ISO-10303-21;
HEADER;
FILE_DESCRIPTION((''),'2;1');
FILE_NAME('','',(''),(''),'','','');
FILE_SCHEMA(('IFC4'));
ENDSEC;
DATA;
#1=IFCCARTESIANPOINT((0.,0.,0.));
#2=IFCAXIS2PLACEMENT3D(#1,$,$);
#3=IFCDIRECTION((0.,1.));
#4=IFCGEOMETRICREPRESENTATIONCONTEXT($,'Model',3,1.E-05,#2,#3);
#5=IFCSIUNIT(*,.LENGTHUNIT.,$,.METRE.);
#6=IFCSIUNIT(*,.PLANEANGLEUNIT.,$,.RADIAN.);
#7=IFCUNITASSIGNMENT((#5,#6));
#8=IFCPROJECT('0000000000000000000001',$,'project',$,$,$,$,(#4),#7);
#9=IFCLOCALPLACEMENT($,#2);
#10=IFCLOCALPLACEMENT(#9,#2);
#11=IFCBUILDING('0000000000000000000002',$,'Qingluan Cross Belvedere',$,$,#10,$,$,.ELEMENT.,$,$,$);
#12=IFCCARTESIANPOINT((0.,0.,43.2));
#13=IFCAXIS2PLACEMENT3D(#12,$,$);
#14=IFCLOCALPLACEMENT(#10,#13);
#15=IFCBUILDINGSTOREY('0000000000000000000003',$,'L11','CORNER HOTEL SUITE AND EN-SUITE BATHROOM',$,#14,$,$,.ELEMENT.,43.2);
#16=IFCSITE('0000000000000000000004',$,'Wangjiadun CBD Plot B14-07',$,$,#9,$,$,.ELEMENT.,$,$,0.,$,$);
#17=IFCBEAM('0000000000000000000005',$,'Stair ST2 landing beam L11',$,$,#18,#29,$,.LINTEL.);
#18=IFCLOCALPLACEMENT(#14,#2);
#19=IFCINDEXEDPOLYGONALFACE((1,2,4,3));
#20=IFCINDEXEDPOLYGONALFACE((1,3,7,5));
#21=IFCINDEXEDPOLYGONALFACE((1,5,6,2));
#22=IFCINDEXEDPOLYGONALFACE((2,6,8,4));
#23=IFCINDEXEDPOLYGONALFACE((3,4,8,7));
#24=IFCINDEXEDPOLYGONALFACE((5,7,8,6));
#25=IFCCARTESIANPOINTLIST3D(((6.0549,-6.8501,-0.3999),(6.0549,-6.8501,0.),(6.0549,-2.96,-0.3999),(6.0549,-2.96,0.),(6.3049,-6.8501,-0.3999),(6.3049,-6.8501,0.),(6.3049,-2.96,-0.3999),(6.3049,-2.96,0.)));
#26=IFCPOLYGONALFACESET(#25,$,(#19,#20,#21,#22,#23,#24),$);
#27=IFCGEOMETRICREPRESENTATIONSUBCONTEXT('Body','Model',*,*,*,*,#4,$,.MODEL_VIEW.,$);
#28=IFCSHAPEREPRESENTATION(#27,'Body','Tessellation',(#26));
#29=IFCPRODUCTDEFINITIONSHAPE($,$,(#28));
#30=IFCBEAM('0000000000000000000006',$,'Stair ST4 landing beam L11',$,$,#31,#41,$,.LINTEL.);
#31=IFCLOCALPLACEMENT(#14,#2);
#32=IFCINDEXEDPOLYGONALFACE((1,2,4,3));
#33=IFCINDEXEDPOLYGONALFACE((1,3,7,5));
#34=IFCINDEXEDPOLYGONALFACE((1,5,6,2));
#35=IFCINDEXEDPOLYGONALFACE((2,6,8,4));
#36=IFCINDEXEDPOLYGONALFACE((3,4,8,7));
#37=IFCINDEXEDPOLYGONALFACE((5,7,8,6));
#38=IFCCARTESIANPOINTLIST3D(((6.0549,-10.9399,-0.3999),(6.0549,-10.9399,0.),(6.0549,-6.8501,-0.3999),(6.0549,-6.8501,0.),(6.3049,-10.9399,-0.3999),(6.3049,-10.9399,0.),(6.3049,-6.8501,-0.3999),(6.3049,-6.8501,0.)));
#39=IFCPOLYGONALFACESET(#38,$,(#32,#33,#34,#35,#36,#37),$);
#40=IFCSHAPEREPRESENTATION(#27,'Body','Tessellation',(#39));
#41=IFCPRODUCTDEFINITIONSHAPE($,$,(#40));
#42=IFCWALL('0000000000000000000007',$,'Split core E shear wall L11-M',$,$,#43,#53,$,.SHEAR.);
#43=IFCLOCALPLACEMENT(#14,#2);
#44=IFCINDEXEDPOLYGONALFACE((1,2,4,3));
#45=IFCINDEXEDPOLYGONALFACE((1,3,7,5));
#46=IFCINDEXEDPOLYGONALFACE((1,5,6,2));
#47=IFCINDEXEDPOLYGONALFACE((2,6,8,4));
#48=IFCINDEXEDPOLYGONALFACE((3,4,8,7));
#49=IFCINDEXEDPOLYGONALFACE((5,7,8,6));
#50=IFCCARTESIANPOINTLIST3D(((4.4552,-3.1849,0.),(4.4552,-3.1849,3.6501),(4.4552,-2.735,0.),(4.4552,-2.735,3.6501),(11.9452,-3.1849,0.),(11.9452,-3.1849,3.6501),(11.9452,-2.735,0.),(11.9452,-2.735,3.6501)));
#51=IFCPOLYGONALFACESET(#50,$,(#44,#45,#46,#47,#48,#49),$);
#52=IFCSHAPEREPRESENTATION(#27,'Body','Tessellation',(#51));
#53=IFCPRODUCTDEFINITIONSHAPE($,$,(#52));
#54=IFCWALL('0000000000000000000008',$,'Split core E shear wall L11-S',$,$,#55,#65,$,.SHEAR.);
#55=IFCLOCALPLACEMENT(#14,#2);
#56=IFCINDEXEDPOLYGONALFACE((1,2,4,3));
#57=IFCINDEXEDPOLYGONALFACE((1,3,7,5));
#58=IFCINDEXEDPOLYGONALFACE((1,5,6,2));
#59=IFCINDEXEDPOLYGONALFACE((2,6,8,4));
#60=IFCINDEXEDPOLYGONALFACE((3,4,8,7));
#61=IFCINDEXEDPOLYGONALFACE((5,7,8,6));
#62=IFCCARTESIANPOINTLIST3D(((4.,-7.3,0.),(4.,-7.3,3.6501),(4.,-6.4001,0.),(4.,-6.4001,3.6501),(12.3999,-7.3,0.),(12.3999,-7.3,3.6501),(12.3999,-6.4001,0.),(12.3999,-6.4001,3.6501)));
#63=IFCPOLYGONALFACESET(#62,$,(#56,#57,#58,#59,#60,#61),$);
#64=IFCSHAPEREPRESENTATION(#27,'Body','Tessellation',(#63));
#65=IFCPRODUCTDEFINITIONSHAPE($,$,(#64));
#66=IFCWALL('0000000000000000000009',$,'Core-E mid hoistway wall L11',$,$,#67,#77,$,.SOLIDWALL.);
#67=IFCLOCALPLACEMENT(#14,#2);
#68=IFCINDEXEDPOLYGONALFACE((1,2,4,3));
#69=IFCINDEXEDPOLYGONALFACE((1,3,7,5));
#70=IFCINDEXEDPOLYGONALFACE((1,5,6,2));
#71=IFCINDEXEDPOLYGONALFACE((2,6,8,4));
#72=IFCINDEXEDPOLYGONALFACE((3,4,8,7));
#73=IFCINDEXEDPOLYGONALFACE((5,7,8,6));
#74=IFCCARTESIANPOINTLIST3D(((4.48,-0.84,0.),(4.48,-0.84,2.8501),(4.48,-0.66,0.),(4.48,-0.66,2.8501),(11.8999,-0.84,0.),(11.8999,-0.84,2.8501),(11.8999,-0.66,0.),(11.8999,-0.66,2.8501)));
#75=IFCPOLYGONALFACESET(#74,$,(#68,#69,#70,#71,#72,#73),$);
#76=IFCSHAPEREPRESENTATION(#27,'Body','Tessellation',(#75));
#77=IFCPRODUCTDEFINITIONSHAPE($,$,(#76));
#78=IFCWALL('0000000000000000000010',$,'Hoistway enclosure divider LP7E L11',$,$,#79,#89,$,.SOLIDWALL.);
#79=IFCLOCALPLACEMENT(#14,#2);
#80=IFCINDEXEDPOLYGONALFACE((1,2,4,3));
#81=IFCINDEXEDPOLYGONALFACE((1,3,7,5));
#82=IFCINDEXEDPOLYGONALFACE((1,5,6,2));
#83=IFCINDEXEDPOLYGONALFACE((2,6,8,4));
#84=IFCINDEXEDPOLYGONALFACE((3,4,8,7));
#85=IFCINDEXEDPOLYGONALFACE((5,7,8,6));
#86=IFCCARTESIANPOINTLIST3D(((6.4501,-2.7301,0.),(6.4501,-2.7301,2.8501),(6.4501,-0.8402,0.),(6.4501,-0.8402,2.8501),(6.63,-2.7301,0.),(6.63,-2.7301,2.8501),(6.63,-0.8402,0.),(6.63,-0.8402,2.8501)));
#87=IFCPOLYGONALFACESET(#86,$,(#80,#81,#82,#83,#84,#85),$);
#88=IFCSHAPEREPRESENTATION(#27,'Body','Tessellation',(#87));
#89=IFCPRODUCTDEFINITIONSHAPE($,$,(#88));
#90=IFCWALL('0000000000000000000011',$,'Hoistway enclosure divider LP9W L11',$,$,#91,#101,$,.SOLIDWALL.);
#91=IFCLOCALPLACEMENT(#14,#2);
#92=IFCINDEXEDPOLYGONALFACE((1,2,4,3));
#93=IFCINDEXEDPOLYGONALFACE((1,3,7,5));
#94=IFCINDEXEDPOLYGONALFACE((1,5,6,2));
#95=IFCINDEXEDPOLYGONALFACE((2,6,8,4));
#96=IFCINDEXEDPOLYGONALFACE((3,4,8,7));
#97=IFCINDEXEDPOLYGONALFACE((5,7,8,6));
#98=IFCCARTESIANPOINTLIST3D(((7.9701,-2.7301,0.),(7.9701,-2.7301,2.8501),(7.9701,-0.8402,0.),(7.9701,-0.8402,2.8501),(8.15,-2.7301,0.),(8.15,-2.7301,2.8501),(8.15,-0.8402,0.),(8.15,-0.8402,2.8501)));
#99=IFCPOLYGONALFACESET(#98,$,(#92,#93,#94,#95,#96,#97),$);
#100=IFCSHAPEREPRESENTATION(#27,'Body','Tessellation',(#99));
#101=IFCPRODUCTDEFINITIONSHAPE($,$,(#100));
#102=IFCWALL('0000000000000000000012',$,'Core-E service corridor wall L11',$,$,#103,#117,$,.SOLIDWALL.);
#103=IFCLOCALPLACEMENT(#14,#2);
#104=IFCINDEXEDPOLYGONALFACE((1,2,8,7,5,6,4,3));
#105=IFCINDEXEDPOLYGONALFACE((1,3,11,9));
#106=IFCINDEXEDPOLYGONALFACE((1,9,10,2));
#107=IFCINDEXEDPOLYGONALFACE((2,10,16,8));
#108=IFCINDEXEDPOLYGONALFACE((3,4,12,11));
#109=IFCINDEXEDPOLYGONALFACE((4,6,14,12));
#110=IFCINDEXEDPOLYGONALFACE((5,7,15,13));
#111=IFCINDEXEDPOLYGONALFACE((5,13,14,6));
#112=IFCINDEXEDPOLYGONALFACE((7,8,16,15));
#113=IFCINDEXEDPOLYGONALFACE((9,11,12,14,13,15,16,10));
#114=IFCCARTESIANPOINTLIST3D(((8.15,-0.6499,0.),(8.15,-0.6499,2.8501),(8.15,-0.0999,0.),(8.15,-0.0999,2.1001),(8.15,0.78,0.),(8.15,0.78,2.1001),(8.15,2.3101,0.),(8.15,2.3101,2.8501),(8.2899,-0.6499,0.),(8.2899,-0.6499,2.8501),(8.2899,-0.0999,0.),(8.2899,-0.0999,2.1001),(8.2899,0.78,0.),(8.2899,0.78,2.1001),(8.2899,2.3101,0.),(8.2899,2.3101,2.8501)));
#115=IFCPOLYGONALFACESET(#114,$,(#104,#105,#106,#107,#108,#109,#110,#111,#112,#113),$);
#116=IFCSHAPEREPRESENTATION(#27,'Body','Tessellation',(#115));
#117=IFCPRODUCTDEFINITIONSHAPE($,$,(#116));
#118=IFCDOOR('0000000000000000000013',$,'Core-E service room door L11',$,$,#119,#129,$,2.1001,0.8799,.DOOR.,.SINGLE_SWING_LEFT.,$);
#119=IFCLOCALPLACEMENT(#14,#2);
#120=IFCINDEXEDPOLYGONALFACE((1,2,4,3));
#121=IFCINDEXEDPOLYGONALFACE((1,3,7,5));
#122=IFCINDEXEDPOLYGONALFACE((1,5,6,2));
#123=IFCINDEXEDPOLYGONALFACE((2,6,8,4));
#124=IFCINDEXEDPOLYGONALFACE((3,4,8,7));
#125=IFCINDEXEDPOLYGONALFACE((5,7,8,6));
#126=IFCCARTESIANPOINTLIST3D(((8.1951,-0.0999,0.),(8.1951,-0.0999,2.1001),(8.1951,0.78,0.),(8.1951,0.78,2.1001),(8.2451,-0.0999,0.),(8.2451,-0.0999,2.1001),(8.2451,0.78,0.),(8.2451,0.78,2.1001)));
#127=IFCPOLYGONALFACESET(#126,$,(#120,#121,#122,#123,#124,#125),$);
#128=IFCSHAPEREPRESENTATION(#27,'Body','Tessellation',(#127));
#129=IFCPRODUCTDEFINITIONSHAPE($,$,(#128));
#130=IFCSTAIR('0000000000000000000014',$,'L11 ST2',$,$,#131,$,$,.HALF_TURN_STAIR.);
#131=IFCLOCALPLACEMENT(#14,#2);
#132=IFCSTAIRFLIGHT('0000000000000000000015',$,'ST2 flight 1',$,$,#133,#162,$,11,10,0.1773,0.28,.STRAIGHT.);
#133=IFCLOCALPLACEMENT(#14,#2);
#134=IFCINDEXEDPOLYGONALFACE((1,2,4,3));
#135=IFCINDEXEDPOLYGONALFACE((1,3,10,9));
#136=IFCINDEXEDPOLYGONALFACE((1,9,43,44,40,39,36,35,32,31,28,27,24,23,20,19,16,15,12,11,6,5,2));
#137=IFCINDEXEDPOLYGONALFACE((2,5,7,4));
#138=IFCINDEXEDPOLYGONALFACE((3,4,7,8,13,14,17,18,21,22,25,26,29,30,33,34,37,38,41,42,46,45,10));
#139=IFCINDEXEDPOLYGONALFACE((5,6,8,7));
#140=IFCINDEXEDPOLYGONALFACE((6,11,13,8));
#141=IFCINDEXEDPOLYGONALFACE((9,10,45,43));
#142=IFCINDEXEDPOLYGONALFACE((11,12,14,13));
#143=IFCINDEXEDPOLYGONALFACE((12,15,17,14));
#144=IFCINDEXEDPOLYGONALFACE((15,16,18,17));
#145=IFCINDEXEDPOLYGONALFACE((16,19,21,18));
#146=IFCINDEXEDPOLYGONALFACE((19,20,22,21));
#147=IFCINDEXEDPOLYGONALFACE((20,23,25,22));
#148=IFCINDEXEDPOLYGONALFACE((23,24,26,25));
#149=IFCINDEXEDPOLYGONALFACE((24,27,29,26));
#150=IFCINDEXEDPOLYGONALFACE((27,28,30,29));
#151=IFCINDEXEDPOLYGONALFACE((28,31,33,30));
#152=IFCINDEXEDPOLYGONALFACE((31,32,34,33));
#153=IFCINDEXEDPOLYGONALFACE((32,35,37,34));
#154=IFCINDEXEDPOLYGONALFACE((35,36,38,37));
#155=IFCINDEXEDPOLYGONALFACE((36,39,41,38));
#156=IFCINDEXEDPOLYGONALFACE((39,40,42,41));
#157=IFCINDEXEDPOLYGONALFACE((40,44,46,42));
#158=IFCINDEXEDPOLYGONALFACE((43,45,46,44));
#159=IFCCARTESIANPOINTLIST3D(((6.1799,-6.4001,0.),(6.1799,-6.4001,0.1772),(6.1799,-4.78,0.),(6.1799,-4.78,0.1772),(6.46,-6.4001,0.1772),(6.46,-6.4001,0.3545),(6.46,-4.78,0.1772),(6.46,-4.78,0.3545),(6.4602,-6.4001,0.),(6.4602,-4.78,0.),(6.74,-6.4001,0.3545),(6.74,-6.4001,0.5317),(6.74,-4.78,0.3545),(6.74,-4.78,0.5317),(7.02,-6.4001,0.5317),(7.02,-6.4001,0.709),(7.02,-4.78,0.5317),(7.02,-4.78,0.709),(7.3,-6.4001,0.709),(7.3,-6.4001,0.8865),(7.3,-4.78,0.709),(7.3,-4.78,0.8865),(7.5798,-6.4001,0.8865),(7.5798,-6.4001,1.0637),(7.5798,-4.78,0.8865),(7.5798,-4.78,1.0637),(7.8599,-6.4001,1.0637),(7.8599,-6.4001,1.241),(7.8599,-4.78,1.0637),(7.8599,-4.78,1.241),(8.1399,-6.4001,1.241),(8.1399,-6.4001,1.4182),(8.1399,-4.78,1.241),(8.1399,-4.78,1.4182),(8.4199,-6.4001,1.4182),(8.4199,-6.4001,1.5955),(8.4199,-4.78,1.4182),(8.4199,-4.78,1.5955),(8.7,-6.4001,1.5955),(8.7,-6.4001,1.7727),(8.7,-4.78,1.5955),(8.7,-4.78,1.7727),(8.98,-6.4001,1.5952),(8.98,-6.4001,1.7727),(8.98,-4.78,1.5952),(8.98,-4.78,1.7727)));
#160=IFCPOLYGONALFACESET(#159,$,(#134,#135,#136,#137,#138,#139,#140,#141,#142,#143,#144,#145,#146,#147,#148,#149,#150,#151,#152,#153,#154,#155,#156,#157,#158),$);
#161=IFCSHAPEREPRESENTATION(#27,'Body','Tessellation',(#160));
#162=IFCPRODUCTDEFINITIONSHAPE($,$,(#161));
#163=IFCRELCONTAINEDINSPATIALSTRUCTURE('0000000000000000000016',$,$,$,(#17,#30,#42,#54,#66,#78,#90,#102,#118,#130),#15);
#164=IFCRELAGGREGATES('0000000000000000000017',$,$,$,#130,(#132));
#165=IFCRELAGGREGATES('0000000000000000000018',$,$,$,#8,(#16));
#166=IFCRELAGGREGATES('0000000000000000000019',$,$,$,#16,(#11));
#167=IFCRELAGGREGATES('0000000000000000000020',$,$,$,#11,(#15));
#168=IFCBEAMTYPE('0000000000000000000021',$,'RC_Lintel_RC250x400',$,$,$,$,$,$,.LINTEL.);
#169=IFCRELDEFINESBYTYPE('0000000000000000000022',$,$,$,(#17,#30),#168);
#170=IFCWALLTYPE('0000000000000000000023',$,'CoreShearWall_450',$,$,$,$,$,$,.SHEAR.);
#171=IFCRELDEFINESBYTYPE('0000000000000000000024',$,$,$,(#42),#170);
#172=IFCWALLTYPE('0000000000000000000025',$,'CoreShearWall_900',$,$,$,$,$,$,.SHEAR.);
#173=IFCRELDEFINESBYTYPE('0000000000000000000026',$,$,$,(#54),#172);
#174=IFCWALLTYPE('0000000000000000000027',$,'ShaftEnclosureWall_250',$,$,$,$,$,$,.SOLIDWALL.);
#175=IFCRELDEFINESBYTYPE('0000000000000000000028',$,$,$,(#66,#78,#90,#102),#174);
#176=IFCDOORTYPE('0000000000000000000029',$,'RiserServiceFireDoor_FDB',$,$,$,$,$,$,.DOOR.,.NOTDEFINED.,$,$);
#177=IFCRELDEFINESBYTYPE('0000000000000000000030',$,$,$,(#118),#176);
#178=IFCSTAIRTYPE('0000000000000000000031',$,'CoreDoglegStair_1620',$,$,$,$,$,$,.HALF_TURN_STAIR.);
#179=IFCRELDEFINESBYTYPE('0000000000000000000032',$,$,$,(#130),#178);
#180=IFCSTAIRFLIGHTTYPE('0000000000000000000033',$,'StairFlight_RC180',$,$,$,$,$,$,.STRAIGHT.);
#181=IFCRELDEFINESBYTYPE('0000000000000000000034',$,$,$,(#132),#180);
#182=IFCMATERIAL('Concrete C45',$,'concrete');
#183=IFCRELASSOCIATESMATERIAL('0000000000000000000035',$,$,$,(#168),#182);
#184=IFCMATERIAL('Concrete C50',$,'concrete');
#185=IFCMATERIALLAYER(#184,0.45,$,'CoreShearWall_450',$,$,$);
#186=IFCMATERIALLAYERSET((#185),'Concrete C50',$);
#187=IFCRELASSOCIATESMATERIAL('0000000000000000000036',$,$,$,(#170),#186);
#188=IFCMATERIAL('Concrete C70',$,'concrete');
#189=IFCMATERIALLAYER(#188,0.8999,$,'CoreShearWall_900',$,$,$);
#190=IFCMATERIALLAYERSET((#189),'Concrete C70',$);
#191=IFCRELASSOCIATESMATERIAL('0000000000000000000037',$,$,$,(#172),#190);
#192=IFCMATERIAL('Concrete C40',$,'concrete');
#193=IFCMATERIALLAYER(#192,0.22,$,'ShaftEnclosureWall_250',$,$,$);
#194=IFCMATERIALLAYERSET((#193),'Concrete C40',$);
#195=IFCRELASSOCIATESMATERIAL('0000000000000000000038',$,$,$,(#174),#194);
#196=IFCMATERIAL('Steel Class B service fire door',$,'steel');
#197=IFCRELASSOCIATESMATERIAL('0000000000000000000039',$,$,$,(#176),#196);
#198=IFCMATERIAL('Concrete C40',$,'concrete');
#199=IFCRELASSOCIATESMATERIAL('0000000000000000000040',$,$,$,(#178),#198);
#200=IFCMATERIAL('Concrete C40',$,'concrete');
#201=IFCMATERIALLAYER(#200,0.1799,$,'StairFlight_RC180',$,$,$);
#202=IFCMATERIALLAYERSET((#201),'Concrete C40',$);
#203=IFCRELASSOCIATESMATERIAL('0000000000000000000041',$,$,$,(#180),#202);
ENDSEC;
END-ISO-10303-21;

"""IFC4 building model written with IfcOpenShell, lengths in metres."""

from ifc_helpers import new_model, si_unit, direction, frame, frame_2d, origin, origin_2d, place, context, subcontext, project, spatial, polyline, rectangle, outline, extrude, material, layer, layer_set, material_profile, profile_set, type_object, element, fill, aggregate, save


model = new_model("IFC4")

# Units and contexts
model_context = context("Model", 3, precision=1e-05, world=origin(), true_north=direction((0.0, 1.0)))
body_context = subcontext(model_context, "Body", "Model", "MODEL_VIEW")
ifc_project = project(units=[si_unit("LENGTHUNIT", "METRE"), si_unit("PLANEANGLEUNIT", "RADIAN")], contexts=[model_context])

# Site, building, storey
site_placement = place(None, origin())
site = spatial("IfcSite", under=ifc_project, at=site_placement, Name="Wangjiadun CBD Plot B14-07", CompositionType="ELEMENT", RefElevation=0.0)
building_placement = place(site_placement, origin())
building = spatial("IfcBuilding", under=site, at=building_placement, Name="Qingluan Cross Belvedere", CompositionType="ELEMENT")
storey_placement = place(building_placement, frame((0.0, 0.0, 43.2)))
storey = spatial("IfcBuildingStorey", under=building, at=storey_placement, Name="L11", Description="CORNER HOTEL SUITE AND EN-SUITE BATHROOM", CompositionType="ELEMENT", Elevation=43.2)

# Beams
ifc_material_1 = material(Name="Concrete C45", Category="concrete")
ifc_material_profile = material_profile(ifc_material_1, rectangle(XDim=0.25, YDim=0.3999, at=origin_2d()), Name="RC250x400")
ifc_profile_set = profile_set([ifc_material_profile], Name="Concrete C45")
beam_type = type_object("IfcBeamType", Name="RC_Lintel_RC250x400", PredefinedType="LINTEL", material=ifc_profile_set)
beam_1_placement = place(storey_placement, frame((6.1799, -6.8501, -0.2), z_axis=(0.0, 1.0, 0.0), x_axis=(-1.0, 0.0, 0.0)))
element("IfcBeam", 1, at=beam_1_placement, inside=storey, type_object=beam_type, Name="Stair ST2 landing beam L11", PredefinedType="LINTEL", context=body_context, shape_type="SweptSolid", body=[
    extrude(rectangle(XDim=0.25, YDim=0.3999, at=origin_2d()), origin(), (0.0, 0.0, 1.0), 3.8901),
])
beam_2_placement = place(storey_placement, frame((6.1799, -10.9399, -0.2), z_axis=(0.0, 1.0, 0.0), x_axis=(-1.0, 0.0, 0.0)))
element("IfcBeam", 2, at=beam_2_placement, inside=storey, type_object=beam_type, Name="Stair ST4 landing beam L11", PredefinedType="LINTEL", context=body_context, shape_type="SweptSolid", body=[
    extrude(rectangle(XDim=0.25, YDim=0.3999, at=origin_2d()), origin(), (0.0, 0.0, 1.0), 4.0898),
])

# Wall
ifc_material_2 = material(Name="Concrete C50", Category="concrete")
ifc_layer_1 = layer(ifc_material_2, 0.45, Name="CoreShearWall_450")
ifc_layer_set_1 = layer_set([ifc_layer_1], Name="Concrete C50")
wall_type_1 = type_object("IfcWallType", Name="CoreShearWall_450", PredefinedType="SHEAR", material=ifc_layer_set_1)
wall_1_placement = place(storey_placement, frame((4.4551, -2.96, 0.0), z_axis=(0.0, 0.0, 1.0), x_axis=(1.0, 0.0, 0.0)))
element("IfcWall", 3, at=wall_1_placement, inside=storey, type_object=wall_type_1, Name="Split core E shear wall L11-M", PredefinedType="SHEAR", context=body_context, shape_type="SweptSolid", body=[
    extrude(rectangle(XDim=7.49, YDim=0.45, at=frame_2d((3.7451, 0.0))), origin(), (0.0, 0.0, 1.0), 3.6501),
])

# Wall
ifc_material_3 = material(Name="Concrete C70", Category="concrete")
ifc_layer_2 = layer(ifc_material_3, 0.8999, Name="CoreShearWall_900")
ifc_layer_set_2 = layer_set([ifc_layer_2], Name="Concrete C70")
wall_type_2 = type_object("IfcWallType", Name="CoreShearWall_900", PredefinedType="SHEAR", material=ifc_layer_set_2)
wall_2_placement = place(storey_placement, frame((4.0, -6.8501, 0.0), z_axis=(0.0, 0.0, 1.0), x_axis=(1.0, 0.0, 0.0)))
element("IfcWall", 4, at=wall_2_placement, inside=storey, type_object=wall_type_2, Name="Split core E shear wall L11-S", PredefinedType="SHEAR", context=body_context, shape_type="SweptSolid", body=[
    extrude(rectangle(XDim=8.3999, YDim=0.8999, at=frame_2d((4.2, 0.0))), origin(), (0.0, 0.0, 1.0), 3.6501),
])

# Walls
ifc_material_4 = material(Name="Concrete C40", Category="concrete")
ifc_layer_3 = layer(ifc_material_4, 0.22, Name="ShaftEnclosureWall_250")
ifc_layer_set_3 = layer_set([ifc_layer_3], Name="Concrete C40")
wall_type_3 = type_object("IfcWallType", Name="ShaftEnclosureWall_250", PredefinedType="SOLIDWALL", material=ifc_layer_set_3)
wall_3_placement = place(storey_placement, frame((4.48, -0.75, 0.0), z_axis=(0.0, 0.0, 1.0), x_axis=(1.0, 0.0, 0.0)))
element("IfcWall", 5, at=wall_3_placement, inside=storey, type_object=wall_type_3, Name="Core-E mid hoistway wall L11", PredefinedType="SOLIDWALL", context=body_context, shape_type="SweptSolid", body=[
    extrude(rectangle(XDim=7.4199, YDim=0.1799, at=frame_2d((3.71, 0.0))), origin(), (0.0, 0.0, 1.0), 2.8501),
])
for number, where, z_axis, x_axis, name in (
    (6, (6.54, -2.73, 0.0), (0.0, 0.0, 1.0), (0.0, 1.0, 0.0), "Hoistway enclosure divider LP7E L11"),
    (7, (8.0601, -2.73, 0.0), (0.0, 0.0, 1.0), (0.0, 1.0, 0.0), "Hoistway enclosure divider LP9W L11"),
):
    element("IfcWall", number, at=place(storey_placement, frame(where, z_axis=z_axis, x_axis=x_axis)), inside=storey, type_object=wall_type_3, Name=name, PredefinedType="SOLIDWALL", context=body_context, shape_type="SweptSolid", body=[
        extrude(rectangle(XDim=1.8899, YDim=0.1799, at=frame_2d((0.9448, 0.0))), origin(), (0.0, 0.0, 1.0), 2.8501),
    ])

# Wall, opening, door
wall_4_placement = place(storey_placement, frame((8.22, -0.6499, 0.0), z_axis=(0.0, 0.0, 1.0), x_axis=(0.0, 1.0, 0.0)))
wall_4 = element("IfcWall", 8, at=wall_4_placement, inside=storey, type_object=wall_type_3, Name="Core-E service corridor wall L11", PredefinedType="SOLIDWALL", context=body_context, shape_type="SweptSolid", body=[
    extrude(rectangle(XDim=2.96, YDim=0.1399, at=frame_2d((1.48, 0.0))), origin(), (0.0, 0.0, 1.0), 2.8501),
])
opening_1_placement = place(wall_4_placement, frame((0.55, 0.0, 0.0)))
opening_1 = element("IfcOpeningElement", 9, at=opening_1_placement, cuts=wall_4, PredefinedType="OPENING", context=body_context, shape_type="SweptSolid", body=[
    extrude(rectangle(XDim=0.8799, YDim=2.1001, at=frame_2d((0.4399, 1.05))), frame((0.0, 0.0798, 0.0), z_axis=(0.0, -1.0, 0.0), x_axis=(1.0, 0.0, 0.0)), (0.0, 0.0, 1.0), 0.1599),
])
ifc_material_5 = material(Name="Steel Class B service fire door", Category="steel")
door_type_1 = type_object("IfcDoorType", Name="RiserServiceFireDoor_FDB", OperationType="NOTDEFINED", PredefinedType="DOOR", material=ifc_material_5)
door_1_placement = place(opening_1_placement, origin())
door_1 = element("IfcDoor", 10, at=door_1_placement, inside=storey, type_object=door_type_1, Name="Core-E service room door L11", OperationType="SINGLE_SWING_LEFT", OverallHeight=2.1001, OverallWidth=0.8799, PredefinedType="DOOR", context=body_context, shape_type="SweptSolid", body=[
    extrude(rectangle(XDim=0.8799, YDim=2.1001, at=frame_2d((0.4399, 1.05))), frame((0.0, 0.0249, 0.0), z_axis=(0.0, -1.0, 0.0), x_axis=(1.0, 0.0, 0.0)), (0.0, 0.0, 1.0), 0.05),
])
fill(opening_1, door_1)

# Stair, stair flight
ifc_material_6 = material(Name="Concrete C40", Category="concrete")
stair_type = type_object("IfcStairType", Name="CoreDoglegStair_1620", PredefinedType="HALF_TURN_STAIR", material=ifc_material_6)
stair_1_placement = place(storey_placement, origin())
stair_1 = element("IfcStair", 11, at=stair_1_placement, inside=storey, type_object=stair_type, Name="L11 ST2", PredefinedType="HALF_TURN_STAIR")
ifc_material_7 = material(Name="Concrete C40", Category="concrete")
ifc_layer_4 = layer(ifc_material_7, 0.1799, Name="StairFlight_RC180")
ifc_layer_set_4 = layer_set([ifc_layer_4], Name="Concrete C40")
stair_flight_type = type_object("IfcStairFlightType", Name="StairFlight_RC180", PredefinedType="STRAIGHT", material=ifc_layer_set_4)
stair_flight_1_placement = place(storey_placement, frame((6.1799, -5.5901, 0.0), z_axis=(0.0, 0.0, 1.0), x_axis=(1.0, 0.0, 0.0)))
stair_flight_1 = element("IfcStairFlight", 12, at=stair_flight_1_placement, type_object=stair_flight_type, Name="ST2 flight 1", NumberOfRisers=11, NumberOfTreads=10, PredefinedType="STRAIGHT", RiserHeight=0.1773, TreadLength=0.28, context=body_context, shape_type="SweptSolid", body=[
    extrude(outline(polyline([(0.0, 0.0), (0.0, 0.1772), (0.28, 0.1772), (0.28, 0.3545), (0.5601, 0.3545), (0.5601, 0.5317), (0.8401, 0.5317), (0.8401, 0.709), (1.1201, 0.709), (1.1201, 0.8865), (1.3999, 0.8865), (1.3999, 1.0637), (1.6799, 1.0637), (1.6799, 1.241), (1.96, 1.241), (1.96, 1.4182), (2.24, 1.4182), (2.24, 1.5955), (2.52, 1.5955), (2.52, 1.7727), (2.8, 1.7727), (2.8, 1.95), (2.8, 1.5952), (0.2803, 0.0), (0.0, 0.0)])), frame((0.0, 0.8101, 0.0), z_axis=(0.0, -1.0, 0.0), x_axis=(1.0, 0.0, 0.0)), (0.0, 0.0, 1.0), 1.6201),
])
aggregate(stair_1, [stair_flight_1])

save(model, "model.ifc")
